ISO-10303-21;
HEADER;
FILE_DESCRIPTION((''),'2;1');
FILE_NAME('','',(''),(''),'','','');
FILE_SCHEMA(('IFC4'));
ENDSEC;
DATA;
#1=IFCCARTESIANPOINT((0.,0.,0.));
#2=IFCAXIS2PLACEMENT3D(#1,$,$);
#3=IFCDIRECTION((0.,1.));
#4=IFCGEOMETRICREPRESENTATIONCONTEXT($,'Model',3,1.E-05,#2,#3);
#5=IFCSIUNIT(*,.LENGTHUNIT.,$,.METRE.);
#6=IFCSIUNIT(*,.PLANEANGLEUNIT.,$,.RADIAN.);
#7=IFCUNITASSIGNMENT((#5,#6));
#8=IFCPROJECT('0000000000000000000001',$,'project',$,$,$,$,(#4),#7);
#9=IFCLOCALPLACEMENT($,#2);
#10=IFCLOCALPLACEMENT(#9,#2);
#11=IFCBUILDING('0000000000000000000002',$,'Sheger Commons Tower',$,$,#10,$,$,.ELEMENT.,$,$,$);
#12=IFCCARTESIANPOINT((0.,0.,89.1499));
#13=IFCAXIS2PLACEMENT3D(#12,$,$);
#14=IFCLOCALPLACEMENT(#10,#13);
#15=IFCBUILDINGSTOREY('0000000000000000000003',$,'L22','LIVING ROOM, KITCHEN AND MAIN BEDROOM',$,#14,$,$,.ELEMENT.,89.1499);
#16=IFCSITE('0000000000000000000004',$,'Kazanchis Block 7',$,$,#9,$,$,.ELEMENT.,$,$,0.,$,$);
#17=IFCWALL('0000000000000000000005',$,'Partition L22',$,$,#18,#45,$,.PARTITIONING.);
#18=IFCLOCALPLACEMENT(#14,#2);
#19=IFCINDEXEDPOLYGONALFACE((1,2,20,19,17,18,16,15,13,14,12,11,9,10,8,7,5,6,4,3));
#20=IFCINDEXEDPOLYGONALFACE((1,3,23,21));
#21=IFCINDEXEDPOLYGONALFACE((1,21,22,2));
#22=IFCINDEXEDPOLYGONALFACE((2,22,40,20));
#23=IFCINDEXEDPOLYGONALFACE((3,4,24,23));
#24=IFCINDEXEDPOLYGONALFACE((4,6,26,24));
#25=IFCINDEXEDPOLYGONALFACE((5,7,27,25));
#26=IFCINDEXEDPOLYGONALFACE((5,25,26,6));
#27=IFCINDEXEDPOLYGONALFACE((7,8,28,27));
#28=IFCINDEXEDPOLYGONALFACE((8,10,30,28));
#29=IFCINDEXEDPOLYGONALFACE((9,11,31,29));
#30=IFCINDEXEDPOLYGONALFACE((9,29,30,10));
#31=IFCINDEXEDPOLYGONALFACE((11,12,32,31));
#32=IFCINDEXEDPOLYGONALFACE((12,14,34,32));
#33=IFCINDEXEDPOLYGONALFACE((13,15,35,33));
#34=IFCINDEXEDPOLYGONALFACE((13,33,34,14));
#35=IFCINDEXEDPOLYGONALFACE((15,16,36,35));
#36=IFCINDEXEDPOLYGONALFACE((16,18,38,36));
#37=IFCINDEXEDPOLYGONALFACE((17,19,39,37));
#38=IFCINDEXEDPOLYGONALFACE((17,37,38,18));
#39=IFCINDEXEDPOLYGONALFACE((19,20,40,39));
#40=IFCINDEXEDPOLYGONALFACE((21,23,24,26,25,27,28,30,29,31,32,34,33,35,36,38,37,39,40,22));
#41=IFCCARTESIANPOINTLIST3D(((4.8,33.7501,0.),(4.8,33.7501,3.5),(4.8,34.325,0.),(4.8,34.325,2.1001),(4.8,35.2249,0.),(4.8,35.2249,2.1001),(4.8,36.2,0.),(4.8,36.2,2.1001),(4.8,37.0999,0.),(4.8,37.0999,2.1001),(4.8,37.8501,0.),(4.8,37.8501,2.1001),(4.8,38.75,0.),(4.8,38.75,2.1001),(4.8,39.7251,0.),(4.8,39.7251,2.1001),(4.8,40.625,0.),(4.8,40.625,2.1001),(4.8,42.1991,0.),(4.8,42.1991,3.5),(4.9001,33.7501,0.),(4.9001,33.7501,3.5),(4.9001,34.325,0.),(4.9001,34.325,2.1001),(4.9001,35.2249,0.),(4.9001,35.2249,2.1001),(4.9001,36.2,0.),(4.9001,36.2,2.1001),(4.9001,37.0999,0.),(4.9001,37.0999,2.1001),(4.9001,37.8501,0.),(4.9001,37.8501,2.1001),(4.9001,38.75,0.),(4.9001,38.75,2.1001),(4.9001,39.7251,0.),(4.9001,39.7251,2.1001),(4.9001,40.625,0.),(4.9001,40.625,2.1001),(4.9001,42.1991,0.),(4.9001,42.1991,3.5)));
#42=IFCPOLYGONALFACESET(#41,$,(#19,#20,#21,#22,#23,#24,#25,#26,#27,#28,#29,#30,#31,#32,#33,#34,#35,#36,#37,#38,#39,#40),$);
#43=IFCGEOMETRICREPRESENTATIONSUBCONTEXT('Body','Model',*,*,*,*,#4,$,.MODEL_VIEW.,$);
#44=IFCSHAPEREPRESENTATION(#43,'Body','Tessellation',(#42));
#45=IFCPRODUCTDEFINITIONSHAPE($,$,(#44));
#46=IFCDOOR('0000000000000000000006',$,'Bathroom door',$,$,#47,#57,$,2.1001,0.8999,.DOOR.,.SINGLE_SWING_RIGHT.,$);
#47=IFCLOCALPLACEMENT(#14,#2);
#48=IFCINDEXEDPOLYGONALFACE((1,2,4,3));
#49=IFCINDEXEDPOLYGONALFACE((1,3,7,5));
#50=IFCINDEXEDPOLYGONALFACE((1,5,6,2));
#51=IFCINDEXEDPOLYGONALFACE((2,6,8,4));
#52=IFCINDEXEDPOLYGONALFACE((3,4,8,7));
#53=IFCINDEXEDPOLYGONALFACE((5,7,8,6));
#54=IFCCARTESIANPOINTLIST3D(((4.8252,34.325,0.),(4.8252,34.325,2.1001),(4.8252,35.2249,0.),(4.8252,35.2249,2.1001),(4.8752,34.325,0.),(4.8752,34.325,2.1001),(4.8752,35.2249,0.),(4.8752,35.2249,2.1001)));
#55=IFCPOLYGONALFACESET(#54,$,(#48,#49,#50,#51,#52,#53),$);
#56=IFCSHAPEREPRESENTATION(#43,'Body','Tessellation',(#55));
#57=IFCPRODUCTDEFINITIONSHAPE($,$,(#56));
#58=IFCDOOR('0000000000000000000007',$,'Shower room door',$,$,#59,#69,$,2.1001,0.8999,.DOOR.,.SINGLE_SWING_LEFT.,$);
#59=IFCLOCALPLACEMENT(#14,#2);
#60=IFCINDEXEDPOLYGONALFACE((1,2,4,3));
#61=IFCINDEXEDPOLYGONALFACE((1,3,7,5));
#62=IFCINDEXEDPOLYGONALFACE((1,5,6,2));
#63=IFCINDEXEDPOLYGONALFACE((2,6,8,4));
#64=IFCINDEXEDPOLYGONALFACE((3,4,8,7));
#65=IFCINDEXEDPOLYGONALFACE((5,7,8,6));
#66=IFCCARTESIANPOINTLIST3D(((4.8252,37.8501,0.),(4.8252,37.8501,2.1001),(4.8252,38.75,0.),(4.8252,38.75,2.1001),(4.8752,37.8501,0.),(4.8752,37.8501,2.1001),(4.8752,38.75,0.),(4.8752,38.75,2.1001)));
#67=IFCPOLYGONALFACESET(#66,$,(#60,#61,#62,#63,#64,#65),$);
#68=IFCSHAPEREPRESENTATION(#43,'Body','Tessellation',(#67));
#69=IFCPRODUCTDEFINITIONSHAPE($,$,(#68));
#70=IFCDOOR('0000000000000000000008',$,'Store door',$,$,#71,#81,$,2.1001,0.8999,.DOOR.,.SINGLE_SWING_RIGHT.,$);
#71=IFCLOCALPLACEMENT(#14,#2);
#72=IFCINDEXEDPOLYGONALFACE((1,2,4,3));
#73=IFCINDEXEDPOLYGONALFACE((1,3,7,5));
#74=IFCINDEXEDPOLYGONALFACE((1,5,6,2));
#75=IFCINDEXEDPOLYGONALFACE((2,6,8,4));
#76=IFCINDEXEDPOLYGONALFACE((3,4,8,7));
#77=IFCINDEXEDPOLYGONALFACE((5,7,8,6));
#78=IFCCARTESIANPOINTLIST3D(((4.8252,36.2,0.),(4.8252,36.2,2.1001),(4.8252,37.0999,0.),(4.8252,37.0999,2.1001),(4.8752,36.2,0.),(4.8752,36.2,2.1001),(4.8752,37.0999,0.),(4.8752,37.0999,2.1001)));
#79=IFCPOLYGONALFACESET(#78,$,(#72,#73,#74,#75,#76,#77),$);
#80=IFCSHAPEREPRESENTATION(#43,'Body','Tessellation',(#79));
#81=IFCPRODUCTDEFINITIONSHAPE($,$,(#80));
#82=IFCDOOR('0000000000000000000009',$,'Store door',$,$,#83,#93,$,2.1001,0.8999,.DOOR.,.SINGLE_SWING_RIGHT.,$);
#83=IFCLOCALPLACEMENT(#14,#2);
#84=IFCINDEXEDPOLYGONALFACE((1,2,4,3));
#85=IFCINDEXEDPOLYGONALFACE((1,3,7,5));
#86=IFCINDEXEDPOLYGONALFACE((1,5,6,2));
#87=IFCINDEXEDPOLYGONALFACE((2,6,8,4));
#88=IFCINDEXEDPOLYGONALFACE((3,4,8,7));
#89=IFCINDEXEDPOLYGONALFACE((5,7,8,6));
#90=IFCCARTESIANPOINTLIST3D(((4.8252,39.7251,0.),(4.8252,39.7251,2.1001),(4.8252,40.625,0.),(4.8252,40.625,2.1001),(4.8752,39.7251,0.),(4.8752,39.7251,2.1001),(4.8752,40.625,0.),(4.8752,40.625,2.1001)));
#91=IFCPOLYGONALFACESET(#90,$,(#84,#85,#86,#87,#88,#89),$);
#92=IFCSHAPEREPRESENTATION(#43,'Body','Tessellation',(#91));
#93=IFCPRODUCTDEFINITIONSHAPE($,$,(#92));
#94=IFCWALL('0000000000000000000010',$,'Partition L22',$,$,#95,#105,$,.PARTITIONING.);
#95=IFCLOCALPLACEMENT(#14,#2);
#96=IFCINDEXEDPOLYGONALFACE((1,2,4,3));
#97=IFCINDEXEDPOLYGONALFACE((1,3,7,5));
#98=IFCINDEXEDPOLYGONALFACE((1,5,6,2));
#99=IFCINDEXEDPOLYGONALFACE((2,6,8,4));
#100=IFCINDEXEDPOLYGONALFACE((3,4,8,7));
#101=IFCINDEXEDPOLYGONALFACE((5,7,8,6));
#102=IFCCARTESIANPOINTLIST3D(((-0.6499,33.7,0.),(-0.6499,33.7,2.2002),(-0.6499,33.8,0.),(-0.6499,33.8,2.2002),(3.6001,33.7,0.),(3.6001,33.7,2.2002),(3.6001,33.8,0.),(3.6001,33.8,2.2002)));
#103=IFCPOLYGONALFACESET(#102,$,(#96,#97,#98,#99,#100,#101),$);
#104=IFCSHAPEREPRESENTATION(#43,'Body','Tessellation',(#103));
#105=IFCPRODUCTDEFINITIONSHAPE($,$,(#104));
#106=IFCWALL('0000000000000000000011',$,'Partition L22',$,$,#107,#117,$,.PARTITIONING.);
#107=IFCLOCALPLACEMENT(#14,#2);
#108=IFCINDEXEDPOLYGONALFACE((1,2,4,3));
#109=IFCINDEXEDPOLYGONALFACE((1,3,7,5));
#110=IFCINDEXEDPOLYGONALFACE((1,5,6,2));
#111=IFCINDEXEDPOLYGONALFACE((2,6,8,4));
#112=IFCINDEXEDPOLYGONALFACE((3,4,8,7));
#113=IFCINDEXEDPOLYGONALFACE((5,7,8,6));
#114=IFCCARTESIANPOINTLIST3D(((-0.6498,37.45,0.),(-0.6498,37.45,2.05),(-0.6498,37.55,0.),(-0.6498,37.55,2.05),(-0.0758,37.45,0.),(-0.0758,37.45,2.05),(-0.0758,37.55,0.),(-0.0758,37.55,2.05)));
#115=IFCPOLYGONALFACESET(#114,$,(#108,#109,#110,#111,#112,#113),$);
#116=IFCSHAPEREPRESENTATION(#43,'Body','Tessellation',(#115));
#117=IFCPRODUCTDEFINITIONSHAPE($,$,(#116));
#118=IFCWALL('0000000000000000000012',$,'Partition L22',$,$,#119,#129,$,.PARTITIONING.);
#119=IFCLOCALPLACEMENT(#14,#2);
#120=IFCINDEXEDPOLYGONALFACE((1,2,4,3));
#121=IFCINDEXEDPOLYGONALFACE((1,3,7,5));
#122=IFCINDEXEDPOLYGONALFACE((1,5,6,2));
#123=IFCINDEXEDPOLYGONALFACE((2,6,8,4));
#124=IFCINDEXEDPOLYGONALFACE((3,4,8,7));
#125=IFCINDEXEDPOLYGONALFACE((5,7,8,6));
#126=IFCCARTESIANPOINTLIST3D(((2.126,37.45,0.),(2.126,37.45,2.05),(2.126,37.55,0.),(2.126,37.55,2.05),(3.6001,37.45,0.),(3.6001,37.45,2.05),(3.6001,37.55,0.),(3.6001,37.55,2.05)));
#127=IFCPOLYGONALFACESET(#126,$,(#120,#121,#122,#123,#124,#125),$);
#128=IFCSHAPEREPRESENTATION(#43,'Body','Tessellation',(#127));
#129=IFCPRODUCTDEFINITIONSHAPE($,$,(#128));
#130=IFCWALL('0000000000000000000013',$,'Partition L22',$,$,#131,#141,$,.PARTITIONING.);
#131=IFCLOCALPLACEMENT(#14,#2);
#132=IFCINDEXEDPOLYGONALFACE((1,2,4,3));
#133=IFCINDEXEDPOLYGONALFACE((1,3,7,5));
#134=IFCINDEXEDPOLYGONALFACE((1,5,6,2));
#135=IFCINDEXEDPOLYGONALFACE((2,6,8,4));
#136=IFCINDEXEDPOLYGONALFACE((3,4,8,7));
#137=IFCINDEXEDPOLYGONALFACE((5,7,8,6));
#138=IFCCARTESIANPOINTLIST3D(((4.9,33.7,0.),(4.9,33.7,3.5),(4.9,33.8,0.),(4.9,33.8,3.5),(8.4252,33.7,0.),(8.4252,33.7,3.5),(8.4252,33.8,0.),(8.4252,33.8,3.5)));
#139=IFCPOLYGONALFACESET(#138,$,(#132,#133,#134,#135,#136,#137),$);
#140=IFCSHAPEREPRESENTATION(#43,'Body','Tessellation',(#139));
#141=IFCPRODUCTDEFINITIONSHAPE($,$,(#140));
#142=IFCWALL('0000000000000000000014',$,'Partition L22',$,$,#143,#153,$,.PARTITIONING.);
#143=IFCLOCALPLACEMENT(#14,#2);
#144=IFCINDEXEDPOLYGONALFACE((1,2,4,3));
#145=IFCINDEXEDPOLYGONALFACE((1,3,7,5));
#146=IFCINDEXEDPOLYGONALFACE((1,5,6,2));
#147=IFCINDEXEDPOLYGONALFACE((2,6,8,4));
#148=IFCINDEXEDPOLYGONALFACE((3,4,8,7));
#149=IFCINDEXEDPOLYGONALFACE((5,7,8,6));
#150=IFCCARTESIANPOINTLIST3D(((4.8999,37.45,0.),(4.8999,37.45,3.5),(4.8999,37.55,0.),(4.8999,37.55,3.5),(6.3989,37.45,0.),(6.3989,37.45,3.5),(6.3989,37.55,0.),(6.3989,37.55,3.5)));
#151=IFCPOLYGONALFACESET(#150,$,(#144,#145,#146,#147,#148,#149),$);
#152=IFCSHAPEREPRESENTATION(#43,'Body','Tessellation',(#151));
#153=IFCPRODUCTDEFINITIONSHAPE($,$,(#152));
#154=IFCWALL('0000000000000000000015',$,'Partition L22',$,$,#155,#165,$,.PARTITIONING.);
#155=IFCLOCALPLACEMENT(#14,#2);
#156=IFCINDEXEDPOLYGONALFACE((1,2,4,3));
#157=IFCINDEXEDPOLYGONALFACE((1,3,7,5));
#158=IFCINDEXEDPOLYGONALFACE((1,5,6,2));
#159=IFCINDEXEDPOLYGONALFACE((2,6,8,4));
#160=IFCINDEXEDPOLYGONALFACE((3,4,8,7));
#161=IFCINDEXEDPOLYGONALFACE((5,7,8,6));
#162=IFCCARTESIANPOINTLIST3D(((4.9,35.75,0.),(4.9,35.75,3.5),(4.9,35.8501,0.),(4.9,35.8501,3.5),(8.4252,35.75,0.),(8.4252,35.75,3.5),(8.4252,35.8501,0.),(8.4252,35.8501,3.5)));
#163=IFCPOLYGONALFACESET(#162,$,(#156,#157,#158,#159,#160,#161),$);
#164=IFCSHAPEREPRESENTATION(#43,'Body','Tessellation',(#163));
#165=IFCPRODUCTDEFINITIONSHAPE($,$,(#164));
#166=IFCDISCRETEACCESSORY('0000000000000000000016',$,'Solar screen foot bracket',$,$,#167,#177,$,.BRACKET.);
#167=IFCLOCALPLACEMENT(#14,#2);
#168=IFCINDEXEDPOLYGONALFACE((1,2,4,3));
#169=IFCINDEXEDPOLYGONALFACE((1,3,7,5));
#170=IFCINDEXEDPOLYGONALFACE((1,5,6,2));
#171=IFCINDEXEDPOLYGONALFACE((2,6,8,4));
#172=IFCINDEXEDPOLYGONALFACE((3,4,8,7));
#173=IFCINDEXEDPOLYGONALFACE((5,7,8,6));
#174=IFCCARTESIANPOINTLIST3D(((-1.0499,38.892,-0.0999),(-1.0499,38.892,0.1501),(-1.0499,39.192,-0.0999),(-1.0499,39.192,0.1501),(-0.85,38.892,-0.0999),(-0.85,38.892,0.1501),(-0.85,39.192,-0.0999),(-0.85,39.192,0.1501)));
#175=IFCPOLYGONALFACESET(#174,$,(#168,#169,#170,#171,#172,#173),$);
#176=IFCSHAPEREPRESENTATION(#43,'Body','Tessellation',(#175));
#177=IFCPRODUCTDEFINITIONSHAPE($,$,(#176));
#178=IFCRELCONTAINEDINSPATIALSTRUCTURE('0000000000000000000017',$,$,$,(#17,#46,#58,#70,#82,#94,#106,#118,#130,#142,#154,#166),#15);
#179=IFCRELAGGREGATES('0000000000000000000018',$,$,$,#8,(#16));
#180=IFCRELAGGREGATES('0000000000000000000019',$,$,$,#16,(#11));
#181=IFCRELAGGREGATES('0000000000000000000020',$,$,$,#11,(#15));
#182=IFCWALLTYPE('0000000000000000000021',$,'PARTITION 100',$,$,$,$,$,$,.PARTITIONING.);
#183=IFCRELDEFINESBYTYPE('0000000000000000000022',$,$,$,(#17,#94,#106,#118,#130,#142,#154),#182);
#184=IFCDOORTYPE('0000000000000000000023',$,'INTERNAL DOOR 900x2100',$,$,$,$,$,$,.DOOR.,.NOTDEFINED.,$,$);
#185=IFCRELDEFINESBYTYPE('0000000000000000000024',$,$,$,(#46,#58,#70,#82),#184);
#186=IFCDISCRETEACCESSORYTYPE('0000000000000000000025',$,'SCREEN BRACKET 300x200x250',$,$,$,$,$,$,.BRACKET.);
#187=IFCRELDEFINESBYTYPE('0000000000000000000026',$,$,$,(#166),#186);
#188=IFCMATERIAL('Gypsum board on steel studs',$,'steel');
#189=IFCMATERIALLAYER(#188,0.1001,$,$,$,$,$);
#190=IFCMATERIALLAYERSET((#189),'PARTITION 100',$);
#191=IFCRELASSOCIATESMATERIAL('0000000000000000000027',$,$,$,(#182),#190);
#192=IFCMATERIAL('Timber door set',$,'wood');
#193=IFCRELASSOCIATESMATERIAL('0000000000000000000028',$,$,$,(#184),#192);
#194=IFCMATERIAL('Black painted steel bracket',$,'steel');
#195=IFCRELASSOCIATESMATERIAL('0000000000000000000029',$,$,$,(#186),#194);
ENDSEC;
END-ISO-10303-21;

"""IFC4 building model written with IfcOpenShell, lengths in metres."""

from ifc_helpers import new_model, si_unit, direction, frame, frame_2d, origin, origin_2d, place, context, subcontext, project, spatial, rectangle, extrude, material, layer, layer_set, type_object, element, fill, save


model = new_model("IFC4")

# Units and contexts
model_context = context("Model", 3, precision=1e-05, world=origin(), true_north=direction((0.0, 1.0)))
body_context = subcontext(model_context, "Body", "Model", "MODEL_VIEW")
ifc_project = project(units=[si_unit("LENGTHUNIT", "METRE"), si_unit("PLANEANGLEUNIT", "RADIAN")], contexts=[model_context])

# Site, building, storey
site_placement = place(None, origin())
site = spatial("IfcSite", under=ifc_project, at=site_placement, Name="Kazanchis Block 7", CompositionType="ELEMENT", RefElevation=0.0)
building_placement = place(site_placement, origin())
building = spatial("IfcBuilding", under=site, at=building_placement, Name="Sheger Commons Tower", CompositionType="ELEMENT")
storey_placement = place(building_placement, frame((0.0, 0.0, 89.1499)))
storey = spatial("IfcBuildingStorey", under=building, at=storey_placement, Name="L22", Description="LIVING ROOM, KITCHEN AND MAIN BEDROOM", CompositionType="ELEMENT", Elevation=89.1499)

# Wall, openings, doors
ifc_material_1 = material(Name="Gypsum board on steel studs", Category="steel")
ifc_layer_1 = layer(ifc_material_1, 0.1001)
ifc_layer_set_1 = layer_set([ifc_layer_1], Name="PARTITION 100")
wall_type = type_object("IfcWallType", Name="PARTITION 100", PredefinedType="PARTITIONING", material=ifc_layer_set_1)
ifc_material_2 = material(Name="Timber door set", Category="wood")
door_type = type_object("IfcDoorType", Name="INTERNAL DOOR 900x2100", OperationType="NOTDEFINED", PredefinedType="DOOR", material=ifc_material_2)
wall_1_placement = place(storey_placement, frame((4.8501, 33.75, 0.0), z_axis=(0.0, 0.0, 1.0), x_axis=(0.0, 1.0, 0.0)))
wall_1 = element("IfcWall", 1, at=wall_1_placement, inside=storey, type_object=wall_type, Name="Partition L22", PredefinedType="PARTITIONING", context=body_context, shape_type="SweptSolid", body=[
    extrude(rectangle(XDim=8.449, YDim=0.1001, at=frame_2d((4.2246, 0.0))), origin(), (0.0, 0.0, 1.0), 3.5),
])
opening_1_placement = place(wall_1_placement, frame((0.575, 0.0, 0.0)))
opening_1 = element("IfcOpeningElement", 2, at=opening_1_placement, cuts=wall_1, PredefinedType="OPENING", context=body_context, shape_type="SweptSolid", body=[
    extrude(rectangle(XDim=0.8999, YDim=2.1001, at=frame_2d((0.45, 1.05))), frame((0.0, 0.0601, 0.0), z_axis=(0.0, -1.0, 0.0), x_axis=(1.0, 0.0, 0.0)), (0.0, 0.0, 1.0), 0.1201),
])
opening_2_placement = place(wall_1_placement, frame((4.1001, 0.0, 0.0)))
opening_2 = element("IfcOpeningElement", 3, at=opening_2_placement, cuts=wall_1, PredefinedType="OPENING", context=body_context, shape_type="SweptSolid", body=[
    extrude(rectangle(XDim=0.8999, YDim=2.1001, at=frame_2d((0.45, 1.05))), frame((0.0, 0.0601, 0.0), z_axis=(0.0, -1.0, 0.0), x_axis=(1.0, 0.0, 0.0)), (0.0, 0.0, 1.0), 0.1201),
])
opening_3_placement = place(wall_1_placement, frame((2.45, 0.0, 0.0)))
opening_3 = element("IfcOpeningElement", 4, at=opening_3_placement, cuts=wall_1, PredefinedType="OPENING", context=body_context, shape_type="SweptSolid", body=[
    extrude(rectangle(XDim=0.8999, YDim=2.1001, at=frame_2d((0.45, 1.05))), frame((0.0, 0.0601, 0.0), z_axis=(0.0, -1.0, 0.0), x_axis=(1.0, 0.0, 0.0)), (0.0, 0.0, 1.0), 0.1201),
])
opening_4_placement = place(wall_1_placement, frame((5.9751, 0.0, 0.0)))
opening_4 = element("IfcOpeningElement", 5, at=opening_4_placement, cuts=wall_1, PredefinedType="OPENING", context=body_context, shape_type="SweptSolid", body=[
    extrude(rectangle(XDim=0.8999, YDim=2.1001, at=frame_2d((0.45, 1.05))), frame((0.0, 0.0601, 0.0), z_axis=(0.0, -1.0, 0.0), x_axis=(1.0, 0.0, 0.0)), (0.0, 0.0, 1.0), 0.1201),
])
door_1_placement = place(opening_1_placement, origin())
door_1 = element("IfcDoor", 6, at=door_1_placement, inside=storey, type_object=door_type, Name="Bathroom door", OperationType="SINGLE_SWING_RIGHT", OverallHeight=2.1001, OverallWidth=0.8999, PredefinedType="DOOR", context=body_context, shape_type="SweptSolid", body=[
    extrude(rectangle(XDim=0.8999, YDim=2.1001, at=frame_2d((0.45, 1.05))), frame((0.0, 0.0249, 0.0), z_axis=(0.0, -1.0, 0.0), x_axis=(1.0, 0.0, 0.0)), (0.0, 0.0, 1.0), 0.05),
])
fill(opening_1, door_1)
door_2_placement = place(opening_2_placement, origin())
door_2 = element("IfcDoor", 7, at=door_2_placement, inside=storey, type_object=door_type, Name="Shower room door", OperationType="SINGLE_SWING_LEFT", OverallHeight=2.1001, OverallWidth=0.8999, PredefinedType="DOOR", context=body_context, shape_type="SweptSolid", body=[
    extrude(rectangle(XDim=0.8999, YDim=2.1001, at=frame_2d((0.45, 1.05))), frame((0.0, 0.0249, 0.0), z_axis=(0.0, -1.0, 0.0), x_axis=(1.0, 0.0, 0.0)), (0.0, 0.0, 1.0), 0.05),
])
fill(opening_2, door_2)
door_3_placement = place(opening_3_placement, origin())
door_3 = element("IfcDoor", 8, at=door_3_placement, inside=storey, type_object=door_type, Name="Store door", OperationType="SINGLE_SWING_RIGHT", OverallHeight=2.1001, OverallWidth=0.8999, PredefinedType="DOOR", context=body_context, shape_type="SweptSolid", body=[
    extrude(rectangle(XDim=0.8999, YDim=2.1001, at=frame_2d((0.45, 1.05))), frame((0.0, 0.0249, 0.0), z_axis=(0.0, -1.0, 0.0), x_axis=(1.0, 0.0, 0.0)), (0.0, 0.0, 1.0), 0.05),
])
fill(opening_3, door_3)
door_4_placement = place(opening_4_placement, origin())
door_4 = element("IfcDoor", 9, at=door_4_placement, inside=storey, type_object=door_type, Name="Store door", OperationType="SINGLE_SWING_RIGHT", OverallHeight=2.1001, OverallWidth=0.8999, PredefinedType="DOOR", context=body_context, shape_type="SweptSolid", body=[
    extrude(rectangle(XDim=0.8999, YDim=2.1001, at=frame_2d((0.45, 1.05))), frame((0.0, 0.0249, 0.0), z_axis=(0.0, -1.0, 0.0), x_axis=(1.0, 0.0, 0.0)), (0.0, 0.0, 1.0), 0.05),
])
fill(opening_4, door_4)

# Walls
wall_2_placement = place(storey_placement, frame((-0.6499, 33.75, 0.0), z_axis=(0.0, 0.0, 1.0), x_axis=(1.0, 0.0, 0.0)))
element("IfcWall", 10, at=wall_2_placement, inside=storey, type_object=wall_type, Name="Partition L22", PredefinedType="PARTITIONING", context=body_context, shape_type="SweptSolid", body=[
    extrude(rectangle(XDim=4.25, YDim=0.1001, at=frame_2d((2.125, 0.0))), origin(), (0.0, 0.0, 1.0), 2.2002),
])
wall_3_placement = place(storey_placement, frame((-0.6499, 37.5, 0.0), z_axis=(0.0, 0.0, 1.0), x_axis=(1.0, 0.0, 0.0)))
element("IfcWall", 11, at=wall_3_placement, inside=storey, type_object=wall_type, Name="Partition L22", PredefinedType="PARTITIONING", context=body_context, shape_type="SweptSolid", body=[
    extrude(rectangle(XDim=0.574, YDim=0.1001, at=frame_2d((0.2871, 0.0))), origin(), (0.0, 0.0, 1.0), 2.05),
])
wall_4_placement = place(storey_placement, frame((2.126, 37.5, 0.0), z_axis=(0.0, 0.0, 1.0), x_axis=(1.0, 0.0, 0.0)))
element("IfcWall", 12, at=wall_4_placement, inside=storey, type_object=wall_type, Name="Partition L22", PredefinedType="PARTITIONING", context=body_context, shape_type="SweptSolid", body=[
    extrude(rectangle(XDim=1.4741, YDim=0.1001, at=frame_2d((0.7371, 0.0))), origin(), (0.0, 0.0, 1.0), 2.05),
])
wall_5_placement = place(storey_placement, frame((4.8999, 33.75, 0.0), z_axis=(0.0, 0.0, 1.0), x_axis=(1.0, 0.0, 0.0)))
element("IfcWall", 13, at=wall_5_placement, inside=storey, type_object=wall_type, Name="Partition L22", PredefinedType="PARTITIONING", context=body_context, shape_type="SweptSolid", body=[
    extrude(rectangle(XDim=3.5251, YDim=0.1001, at=frame_2d((1.7627, 0.0))), origin(), (0.0, 0.0, 1.0), 3.5),
])
wall_6_placement = place(storey_placement, frame((4.8999, 37.5, 0.0), z_axis=(0.0, 0.0, 1.0), x_axis=(1.0, 0.0, 0.0)))
element("IfcWall", 14, at=wall_6_placement, inside=storey, type_object=wall_type, Name="Partition L22", PredefinedType="PARTITIONING", context=body_context, shape_type="SweptSolid", body=[
    extrude(rectangle(XDim=1.499, YDim=0.1001, at=frame_2d((0.7495, 0.0))), origin(), (0.0, 0.0, 1.0), 3.5),
])
wall_7_placement = place(storey_placement, frame((4.8999, 35.8, 0.0), z_axis=(0.0, 0.0, 1.0), x_axis=(1.0, 0.0, 0.0)))
element("IfcWall", 15, at=wall_7_placement, inside=storey, type_object=wall_type, Name="Partition L22", PredefinedType="PARTITIONING", context=body_context, shape_type="SweptSolid", body=[
    extrude(rectangle(XDim=3.5251, YDim=0.1001, at=frame_2d((1.7627, 0.0))), origin(), (0.0, 0.0, 1.0), 3.5),
])

# Discrete accessory
ifc_material_3 = material(Name="Black painted steel bracket", Category="steel")
discrete_accessory_type = type_object("IfcDiscreteAccessoryType", Name="SCREEN BRACKET 300x200x250", PredefinedType="BRACKET", material=ifc_material_3)
for number, where, z_axis, x_axis, name in (
    (16, (-0.95, 39.042, -0.0999), (0.0, 0.0, 1.0), (0.0, -1.0, 0.0), "Solar screen foot bracket"),
):
    element("IfcDiscreteAccessory", number, at=place(storey_placement, frame(where, z_axis=z_axis, x_axis=x_axis)), inside=storey, type_object=discrete_accessory_type, Name=name, PredefinedType="BRACKET", context=body_context, shape_type="SweptSolid", body=[
        extrude(rectangle(XDim=0.3, YDim=0.2, at=origin_2d()), origin(), (0.0, 0.0, 1.0), 0.25),
    ])

save(model, "model.ifc")
